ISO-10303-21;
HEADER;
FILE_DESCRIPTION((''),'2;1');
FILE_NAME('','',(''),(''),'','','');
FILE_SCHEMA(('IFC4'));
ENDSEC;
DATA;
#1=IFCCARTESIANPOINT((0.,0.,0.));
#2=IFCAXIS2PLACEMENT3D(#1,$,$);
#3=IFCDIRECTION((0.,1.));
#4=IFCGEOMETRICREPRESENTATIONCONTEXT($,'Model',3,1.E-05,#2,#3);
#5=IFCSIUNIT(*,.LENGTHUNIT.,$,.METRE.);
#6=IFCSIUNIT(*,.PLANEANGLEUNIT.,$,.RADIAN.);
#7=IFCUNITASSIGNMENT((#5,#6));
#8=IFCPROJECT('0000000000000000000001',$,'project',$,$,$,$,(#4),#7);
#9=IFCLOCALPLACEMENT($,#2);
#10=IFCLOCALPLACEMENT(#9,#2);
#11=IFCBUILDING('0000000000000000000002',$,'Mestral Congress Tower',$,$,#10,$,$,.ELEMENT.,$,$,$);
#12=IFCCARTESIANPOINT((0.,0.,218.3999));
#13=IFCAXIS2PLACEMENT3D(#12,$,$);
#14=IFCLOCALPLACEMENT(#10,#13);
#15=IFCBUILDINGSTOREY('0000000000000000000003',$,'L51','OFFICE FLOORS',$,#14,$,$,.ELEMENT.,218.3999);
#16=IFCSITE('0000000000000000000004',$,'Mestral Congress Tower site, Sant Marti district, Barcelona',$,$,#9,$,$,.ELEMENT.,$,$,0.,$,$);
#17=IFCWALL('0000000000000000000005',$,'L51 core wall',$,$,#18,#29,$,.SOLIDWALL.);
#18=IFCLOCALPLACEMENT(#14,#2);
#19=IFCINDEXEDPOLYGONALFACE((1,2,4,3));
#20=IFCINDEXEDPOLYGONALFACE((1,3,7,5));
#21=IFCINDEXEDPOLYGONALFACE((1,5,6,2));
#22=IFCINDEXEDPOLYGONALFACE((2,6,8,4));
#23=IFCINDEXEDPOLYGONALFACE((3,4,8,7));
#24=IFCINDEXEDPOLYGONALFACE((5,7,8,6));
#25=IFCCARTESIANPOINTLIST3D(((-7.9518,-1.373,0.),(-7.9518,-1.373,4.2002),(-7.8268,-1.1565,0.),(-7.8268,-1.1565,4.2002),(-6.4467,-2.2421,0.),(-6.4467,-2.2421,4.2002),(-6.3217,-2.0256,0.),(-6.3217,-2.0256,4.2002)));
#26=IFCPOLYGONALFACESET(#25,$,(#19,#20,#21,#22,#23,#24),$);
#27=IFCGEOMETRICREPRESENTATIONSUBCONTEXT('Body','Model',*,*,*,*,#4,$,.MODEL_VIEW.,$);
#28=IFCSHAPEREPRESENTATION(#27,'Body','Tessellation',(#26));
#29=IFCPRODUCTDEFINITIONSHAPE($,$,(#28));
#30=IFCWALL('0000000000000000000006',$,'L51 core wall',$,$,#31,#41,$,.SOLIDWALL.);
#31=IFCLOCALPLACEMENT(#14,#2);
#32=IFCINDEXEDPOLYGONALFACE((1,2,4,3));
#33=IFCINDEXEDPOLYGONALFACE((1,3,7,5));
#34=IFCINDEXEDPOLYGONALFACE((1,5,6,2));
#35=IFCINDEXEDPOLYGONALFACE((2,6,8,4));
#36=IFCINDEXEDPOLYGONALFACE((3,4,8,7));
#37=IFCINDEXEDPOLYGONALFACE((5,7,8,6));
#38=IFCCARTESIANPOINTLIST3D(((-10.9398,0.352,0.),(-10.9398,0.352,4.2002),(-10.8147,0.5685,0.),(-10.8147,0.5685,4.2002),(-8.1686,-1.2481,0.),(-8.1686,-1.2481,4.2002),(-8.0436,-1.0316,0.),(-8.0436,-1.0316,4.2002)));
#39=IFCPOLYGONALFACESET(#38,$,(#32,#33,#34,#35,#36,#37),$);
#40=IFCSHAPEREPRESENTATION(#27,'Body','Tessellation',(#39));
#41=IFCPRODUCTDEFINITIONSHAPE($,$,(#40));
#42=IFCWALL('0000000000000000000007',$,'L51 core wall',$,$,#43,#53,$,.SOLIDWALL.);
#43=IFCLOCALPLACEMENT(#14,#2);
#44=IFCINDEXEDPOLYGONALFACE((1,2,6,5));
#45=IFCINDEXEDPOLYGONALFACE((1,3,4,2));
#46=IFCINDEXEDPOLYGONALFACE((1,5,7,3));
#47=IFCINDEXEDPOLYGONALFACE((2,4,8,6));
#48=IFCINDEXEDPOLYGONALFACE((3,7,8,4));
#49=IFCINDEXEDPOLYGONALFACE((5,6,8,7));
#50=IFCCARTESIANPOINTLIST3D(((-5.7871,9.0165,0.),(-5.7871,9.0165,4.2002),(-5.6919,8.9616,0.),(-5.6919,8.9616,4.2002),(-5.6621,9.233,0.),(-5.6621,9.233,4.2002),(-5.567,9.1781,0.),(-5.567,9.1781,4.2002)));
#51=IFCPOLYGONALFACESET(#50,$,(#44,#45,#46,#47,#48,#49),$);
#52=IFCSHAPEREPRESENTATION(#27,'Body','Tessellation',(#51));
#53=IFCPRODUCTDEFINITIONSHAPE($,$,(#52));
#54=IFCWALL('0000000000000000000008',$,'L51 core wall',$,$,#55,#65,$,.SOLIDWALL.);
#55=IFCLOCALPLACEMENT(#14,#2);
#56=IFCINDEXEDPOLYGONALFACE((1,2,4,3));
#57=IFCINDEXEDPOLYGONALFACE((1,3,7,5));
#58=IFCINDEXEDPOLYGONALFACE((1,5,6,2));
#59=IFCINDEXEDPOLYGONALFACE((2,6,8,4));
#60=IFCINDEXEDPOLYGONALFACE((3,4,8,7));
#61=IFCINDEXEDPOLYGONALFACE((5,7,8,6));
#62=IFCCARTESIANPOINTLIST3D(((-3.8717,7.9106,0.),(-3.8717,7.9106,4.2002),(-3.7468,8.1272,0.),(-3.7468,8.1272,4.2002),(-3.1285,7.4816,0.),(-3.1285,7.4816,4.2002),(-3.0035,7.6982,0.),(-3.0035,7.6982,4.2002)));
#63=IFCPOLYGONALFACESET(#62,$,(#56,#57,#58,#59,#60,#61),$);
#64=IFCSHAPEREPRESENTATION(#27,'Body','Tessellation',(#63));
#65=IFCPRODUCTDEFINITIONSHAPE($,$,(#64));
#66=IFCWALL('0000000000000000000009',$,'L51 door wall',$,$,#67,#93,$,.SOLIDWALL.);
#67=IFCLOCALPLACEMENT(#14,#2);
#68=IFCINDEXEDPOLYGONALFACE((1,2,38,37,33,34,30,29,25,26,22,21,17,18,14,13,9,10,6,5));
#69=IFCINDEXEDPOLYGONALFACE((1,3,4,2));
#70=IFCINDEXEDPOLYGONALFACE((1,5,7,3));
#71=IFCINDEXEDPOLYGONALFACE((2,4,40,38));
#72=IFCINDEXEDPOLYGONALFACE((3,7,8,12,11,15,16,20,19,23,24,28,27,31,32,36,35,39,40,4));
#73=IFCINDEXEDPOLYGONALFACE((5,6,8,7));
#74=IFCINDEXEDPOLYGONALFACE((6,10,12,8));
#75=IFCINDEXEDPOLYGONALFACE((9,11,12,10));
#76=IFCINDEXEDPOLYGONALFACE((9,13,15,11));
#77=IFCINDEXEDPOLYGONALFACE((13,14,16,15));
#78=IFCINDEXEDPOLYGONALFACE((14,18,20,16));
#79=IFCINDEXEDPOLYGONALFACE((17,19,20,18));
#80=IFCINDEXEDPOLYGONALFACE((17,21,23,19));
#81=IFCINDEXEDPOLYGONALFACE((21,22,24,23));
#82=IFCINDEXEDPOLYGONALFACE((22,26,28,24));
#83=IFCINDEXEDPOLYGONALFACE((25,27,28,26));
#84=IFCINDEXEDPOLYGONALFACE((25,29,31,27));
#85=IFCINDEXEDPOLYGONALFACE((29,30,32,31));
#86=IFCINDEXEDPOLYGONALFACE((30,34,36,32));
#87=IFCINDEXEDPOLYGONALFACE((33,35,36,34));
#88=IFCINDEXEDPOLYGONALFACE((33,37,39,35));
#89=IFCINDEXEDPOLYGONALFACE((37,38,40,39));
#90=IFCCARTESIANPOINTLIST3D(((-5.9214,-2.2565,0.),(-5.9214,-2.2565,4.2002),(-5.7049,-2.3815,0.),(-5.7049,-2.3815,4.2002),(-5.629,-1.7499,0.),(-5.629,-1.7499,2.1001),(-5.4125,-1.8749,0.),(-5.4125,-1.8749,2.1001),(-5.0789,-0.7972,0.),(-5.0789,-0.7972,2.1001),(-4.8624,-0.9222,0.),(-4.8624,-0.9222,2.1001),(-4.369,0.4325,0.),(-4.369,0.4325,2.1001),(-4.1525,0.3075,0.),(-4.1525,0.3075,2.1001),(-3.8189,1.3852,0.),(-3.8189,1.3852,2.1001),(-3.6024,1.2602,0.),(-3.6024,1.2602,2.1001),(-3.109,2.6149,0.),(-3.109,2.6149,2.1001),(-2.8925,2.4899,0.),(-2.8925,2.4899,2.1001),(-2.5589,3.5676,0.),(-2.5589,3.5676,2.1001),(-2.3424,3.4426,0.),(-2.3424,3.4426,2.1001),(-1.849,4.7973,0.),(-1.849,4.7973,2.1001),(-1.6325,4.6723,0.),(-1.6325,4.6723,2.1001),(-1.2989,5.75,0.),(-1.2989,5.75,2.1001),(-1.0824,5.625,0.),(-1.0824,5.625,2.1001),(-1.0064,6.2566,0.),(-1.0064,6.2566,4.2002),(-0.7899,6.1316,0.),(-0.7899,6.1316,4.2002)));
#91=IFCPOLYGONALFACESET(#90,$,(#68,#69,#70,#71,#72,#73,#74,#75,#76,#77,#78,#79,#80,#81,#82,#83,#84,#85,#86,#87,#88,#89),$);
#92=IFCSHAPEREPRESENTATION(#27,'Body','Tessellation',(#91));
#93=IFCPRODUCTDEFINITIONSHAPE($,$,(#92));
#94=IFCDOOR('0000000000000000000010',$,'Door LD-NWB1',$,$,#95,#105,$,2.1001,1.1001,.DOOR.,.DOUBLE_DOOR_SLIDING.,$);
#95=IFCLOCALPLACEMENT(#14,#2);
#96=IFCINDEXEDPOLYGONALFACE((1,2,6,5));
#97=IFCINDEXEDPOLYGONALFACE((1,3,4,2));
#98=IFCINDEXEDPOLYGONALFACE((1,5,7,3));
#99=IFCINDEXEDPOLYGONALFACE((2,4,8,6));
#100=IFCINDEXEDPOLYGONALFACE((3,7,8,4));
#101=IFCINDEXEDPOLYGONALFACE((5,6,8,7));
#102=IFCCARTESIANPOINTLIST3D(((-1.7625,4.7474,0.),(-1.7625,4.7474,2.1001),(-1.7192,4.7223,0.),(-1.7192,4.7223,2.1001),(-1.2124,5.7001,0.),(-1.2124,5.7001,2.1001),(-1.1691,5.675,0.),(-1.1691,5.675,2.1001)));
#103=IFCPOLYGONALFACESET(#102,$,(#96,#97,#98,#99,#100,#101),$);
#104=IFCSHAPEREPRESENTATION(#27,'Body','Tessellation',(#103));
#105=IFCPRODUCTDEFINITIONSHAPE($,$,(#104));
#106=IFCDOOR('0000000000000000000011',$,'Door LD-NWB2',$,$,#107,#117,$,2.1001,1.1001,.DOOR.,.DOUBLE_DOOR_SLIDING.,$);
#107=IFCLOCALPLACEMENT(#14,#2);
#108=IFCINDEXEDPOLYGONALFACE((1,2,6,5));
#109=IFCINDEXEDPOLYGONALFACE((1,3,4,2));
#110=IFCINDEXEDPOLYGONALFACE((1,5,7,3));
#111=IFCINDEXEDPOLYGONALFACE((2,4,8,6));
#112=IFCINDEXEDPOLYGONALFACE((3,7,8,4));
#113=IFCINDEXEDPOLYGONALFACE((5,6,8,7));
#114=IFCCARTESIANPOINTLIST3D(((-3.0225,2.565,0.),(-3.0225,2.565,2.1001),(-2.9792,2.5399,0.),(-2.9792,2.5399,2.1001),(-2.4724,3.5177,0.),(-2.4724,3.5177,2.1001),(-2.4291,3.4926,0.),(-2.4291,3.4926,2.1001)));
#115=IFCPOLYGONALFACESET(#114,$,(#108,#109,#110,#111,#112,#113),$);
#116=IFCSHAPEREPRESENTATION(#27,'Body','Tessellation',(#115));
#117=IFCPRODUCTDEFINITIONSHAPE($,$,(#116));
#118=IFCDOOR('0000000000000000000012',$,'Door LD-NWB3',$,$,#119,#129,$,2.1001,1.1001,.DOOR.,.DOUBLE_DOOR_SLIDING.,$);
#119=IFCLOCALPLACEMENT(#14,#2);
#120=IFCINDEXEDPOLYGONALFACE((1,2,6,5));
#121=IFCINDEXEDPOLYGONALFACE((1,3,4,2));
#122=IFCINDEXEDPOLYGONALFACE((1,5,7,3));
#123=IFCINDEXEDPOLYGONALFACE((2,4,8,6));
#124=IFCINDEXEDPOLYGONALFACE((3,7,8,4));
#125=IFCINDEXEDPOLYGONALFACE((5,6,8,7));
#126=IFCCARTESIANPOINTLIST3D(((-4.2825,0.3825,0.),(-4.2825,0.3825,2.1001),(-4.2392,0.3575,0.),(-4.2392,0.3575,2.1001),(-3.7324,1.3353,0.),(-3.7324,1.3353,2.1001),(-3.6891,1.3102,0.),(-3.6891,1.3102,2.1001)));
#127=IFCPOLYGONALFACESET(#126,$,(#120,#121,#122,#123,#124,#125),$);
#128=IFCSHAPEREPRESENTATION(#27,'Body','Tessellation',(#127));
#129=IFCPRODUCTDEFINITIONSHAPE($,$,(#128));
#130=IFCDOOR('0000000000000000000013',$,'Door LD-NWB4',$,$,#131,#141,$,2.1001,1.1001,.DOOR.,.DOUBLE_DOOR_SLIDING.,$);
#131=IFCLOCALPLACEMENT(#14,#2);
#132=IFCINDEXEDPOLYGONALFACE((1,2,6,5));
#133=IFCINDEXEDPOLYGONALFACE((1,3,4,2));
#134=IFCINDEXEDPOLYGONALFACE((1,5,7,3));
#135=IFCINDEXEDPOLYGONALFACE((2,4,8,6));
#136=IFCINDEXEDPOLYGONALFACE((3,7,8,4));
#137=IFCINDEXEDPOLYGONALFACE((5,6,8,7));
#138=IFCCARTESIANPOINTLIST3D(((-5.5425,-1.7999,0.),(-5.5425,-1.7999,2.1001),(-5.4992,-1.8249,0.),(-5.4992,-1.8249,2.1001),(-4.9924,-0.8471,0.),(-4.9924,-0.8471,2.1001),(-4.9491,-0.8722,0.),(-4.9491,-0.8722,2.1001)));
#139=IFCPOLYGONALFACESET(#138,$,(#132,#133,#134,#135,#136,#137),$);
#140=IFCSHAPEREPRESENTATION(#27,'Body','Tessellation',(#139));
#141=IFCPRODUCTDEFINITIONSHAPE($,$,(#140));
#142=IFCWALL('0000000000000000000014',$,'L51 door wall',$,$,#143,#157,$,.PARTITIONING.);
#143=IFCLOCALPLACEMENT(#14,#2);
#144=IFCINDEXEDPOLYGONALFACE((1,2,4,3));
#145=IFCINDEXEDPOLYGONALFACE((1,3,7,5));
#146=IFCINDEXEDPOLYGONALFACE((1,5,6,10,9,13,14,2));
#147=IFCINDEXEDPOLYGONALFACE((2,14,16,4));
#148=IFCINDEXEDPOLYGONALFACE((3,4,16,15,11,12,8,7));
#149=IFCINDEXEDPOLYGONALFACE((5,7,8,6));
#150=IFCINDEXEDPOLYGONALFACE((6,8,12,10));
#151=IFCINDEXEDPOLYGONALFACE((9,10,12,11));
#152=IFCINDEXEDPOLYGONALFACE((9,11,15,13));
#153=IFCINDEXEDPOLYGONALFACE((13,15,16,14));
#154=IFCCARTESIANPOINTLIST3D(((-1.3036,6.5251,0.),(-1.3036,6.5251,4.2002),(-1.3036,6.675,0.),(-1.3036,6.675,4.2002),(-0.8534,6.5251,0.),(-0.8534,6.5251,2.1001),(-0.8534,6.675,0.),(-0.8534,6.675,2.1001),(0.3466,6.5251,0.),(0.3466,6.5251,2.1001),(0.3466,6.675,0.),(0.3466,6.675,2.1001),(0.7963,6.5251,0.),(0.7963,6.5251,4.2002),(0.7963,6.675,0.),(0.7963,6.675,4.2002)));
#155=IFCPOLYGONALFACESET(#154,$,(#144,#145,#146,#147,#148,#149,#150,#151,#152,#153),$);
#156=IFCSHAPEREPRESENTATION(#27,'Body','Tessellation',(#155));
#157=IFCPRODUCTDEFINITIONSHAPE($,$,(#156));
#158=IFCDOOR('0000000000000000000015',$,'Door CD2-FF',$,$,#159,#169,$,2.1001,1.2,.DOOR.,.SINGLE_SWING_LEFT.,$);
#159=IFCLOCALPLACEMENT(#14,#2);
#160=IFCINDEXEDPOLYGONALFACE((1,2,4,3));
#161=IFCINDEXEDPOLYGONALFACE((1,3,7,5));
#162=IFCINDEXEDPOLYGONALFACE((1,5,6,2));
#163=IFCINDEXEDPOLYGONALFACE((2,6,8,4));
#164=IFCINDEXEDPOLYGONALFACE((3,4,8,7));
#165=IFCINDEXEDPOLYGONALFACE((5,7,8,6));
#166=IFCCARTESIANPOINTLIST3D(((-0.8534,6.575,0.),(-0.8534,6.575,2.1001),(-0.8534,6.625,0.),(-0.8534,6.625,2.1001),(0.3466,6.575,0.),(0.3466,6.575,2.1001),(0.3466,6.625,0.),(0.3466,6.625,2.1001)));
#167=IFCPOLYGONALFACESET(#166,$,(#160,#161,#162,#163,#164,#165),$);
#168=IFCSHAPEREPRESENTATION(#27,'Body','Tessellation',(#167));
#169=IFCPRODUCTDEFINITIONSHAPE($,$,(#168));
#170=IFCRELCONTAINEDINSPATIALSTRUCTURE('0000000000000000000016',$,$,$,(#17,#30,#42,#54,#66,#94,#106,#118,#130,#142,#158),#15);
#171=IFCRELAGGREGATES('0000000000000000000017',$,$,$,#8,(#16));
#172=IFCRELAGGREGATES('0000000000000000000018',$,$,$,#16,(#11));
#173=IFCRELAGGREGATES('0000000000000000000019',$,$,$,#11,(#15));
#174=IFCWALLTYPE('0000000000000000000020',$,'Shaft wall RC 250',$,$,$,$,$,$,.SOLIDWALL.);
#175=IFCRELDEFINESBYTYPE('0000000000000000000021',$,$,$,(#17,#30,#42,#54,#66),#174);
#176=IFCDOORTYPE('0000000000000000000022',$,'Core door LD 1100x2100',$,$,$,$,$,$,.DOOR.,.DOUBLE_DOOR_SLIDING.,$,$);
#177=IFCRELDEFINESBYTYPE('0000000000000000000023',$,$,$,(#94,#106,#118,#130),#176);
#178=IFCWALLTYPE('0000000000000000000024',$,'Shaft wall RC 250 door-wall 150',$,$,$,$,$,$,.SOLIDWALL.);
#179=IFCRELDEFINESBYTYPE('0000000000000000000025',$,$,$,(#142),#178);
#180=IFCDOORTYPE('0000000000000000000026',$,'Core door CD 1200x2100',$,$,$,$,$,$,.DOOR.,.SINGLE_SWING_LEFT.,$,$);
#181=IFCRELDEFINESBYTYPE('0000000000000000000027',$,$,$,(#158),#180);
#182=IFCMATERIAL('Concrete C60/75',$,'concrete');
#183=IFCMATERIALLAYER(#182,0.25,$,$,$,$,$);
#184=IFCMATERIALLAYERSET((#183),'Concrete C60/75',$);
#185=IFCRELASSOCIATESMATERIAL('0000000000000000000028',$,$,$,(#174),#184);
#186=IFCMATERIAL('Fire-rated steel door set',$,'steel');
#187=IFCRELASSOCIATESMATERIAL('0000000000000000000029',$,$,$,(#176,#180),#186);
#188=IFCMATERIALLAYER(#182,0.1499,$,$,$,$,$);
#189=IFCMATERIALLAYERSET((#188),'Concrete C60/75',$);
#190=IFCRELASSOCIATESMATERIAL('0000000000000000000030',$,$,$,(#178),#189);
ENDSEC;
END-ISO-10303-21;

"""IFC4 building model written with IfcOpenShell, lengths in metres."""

from ifc_helpers import new_model, si_unit, direction, frame, frame_2d, origin, place, context, subcontext, project, spatial, rectangle, extrude, material, layer, layer_set, type_object, element, fill, save


model = new_model("IFC4")

# Units and contexts
model_context = context("Model", 3, precision=1e-05, world=origin(), true_north=direction((0.0, 1.0)))
body_context = subcontext(model_context, "Body", "Model", "MODEL_VIEW")
ifc_project = project(units=[si_unit("LENGTHUNIT", "METRE"), si_unit("PLANEANGLEUNIT", "RADIAN")], contexts=[model_context])

# Site, building, storey
site_placement = place(None, origin())
site = spatial("IfcSite", under=ifc_project, at=site_placement, Name="Mestral Congress Tower site, Sant Marti district, Barcelona", CompositionType="ELEMENT", RefElevation=0.0)
building_placement = place(site_placement, origin())
building = spatial("IfcBuilding", under=site, at=building_placement, Name="Mestral Congress Tower", CompositionType="ELEMENT")
storey_placement = place(building_placement, frame((0.0, 0.0, 218.3999)))
storey = spatial("IfcBuildingStorey", under=building, at=storey_placement, Name="L51", Description="OFFICE FLOORS", CompositionType="ELEMENT", Elevation=218.3999)

# Shared definitions
ifc_material_1 = material(Name="Fire-rated steel door set", Category="steel")

# Walls
ifc_material_2 = material(Name="Concrete C60/75", Category="concrete")
ifc_layer_1 = layer(ifc_material_2, 0.25)
ifc_layer_set_1 = layer_set([ifc_layer_1], Name="Concrete C60/75")
wall_type_1 = type_object("IfcWallType", Name="Shaft wall RC 250", PredefinedType="SOLIDWALL", material=ifc_layer_set_1)
wall_1_placement = place(storey_placement, frame((-7.8894, -1.2646, 0.0), z_axis=(0.0, 0.0, 1.0), x_axis=(0.865987, -0.500067, 0.0)))
element("IfcWall", 1, at=wall_1_placement, inside=storey, type_object=wall_type_1, Name="L51 core wall", PredefinedType="SOLIDWALL", context=body_context, shape_type="SweptSolid", body=[
    extrude(rectangle(XDim=1.738, YDim=0.25, at=frame_2d((0.8691, 0.0))), origin(), (0.0, 0.0, 1.0), 4.2002),
])
wall_2_placement = place(storey_placement, frame((-8.106, -1.1399, 0.0), z_axis=(0.0, 0.0, 1.0), x_axis=(-0.866009, 0.500028, 0.0)))
element("IfcWall", 2, at=wall_2_placement, inside=storey, type_object=wall_type_1, Name="L51 core wall", PredefinedType="SOLIDWALL", context=body_context, shape_type="SweptSolid", body=[
    extrude(rectangle(XDim=3.2, YDim=0.25, at=frame_2d((1.6001, 0.0))), origin(), (0.0, 0.0, 1.0), 4.2002),
])
wall_3_placement = place(storey_placement, frame((-5.7246, 9.1248, 0.0), z_axis=(0.0, 0.0, 1.0), x_axis=(0.866186, -0.499722, 0.0)))
element("IfcWall", 3, at=wall_3_placement, inside=storey, type_object=wall_type_1, Name="L51 core wall", PredefinedType="SOLIDWALL", context=body_context, shape_type="SweptSolid", body=[
    extrude(rectangle(XDim=0.1099, YDim=0.25, at=frame_2d((0.0549, 0.0))), origin(), (0.0, 0.0, 1.0), 4.2002),
])
wall_4_placement = place(storey_placement, frame((-3.0659, 7.5898, 0.0), z_axis=(0.0, 0.0, 1.0), x_axis=(-0.866081, 0.499903, 0.0)))
element("IfcWall", 4, at=wall_4_placement, inside=storey, type_object=wall_type_1, Name="L51 core wall", PredefinedType="SOLIDWALL", context=body_context, shape_type="SweptSolid", body=[
    extrude(rectangle(XDim=0.8582, YDim=0.25, at=frame_2d((0.4292, 0.0))), origin(), (0.0, 0.0, 1.0), 4.2002),
])

# Wall, openings, doors
wall_5_placement = place(storey_placement, frame((-0.8982, 6.1941, 0.0), z_axis=(0.0, 0.0, 1.0), x_axis=(-0.499996, -0.866028, 0.0)))
wall_5 = element("IfcWall", 5, at=wall_5_placement, inside=storey, type_object=wall_type_1, Name="L51 door wall", PredefinedType="SOLIDWALL", context=body_context, shape_type="SweptSolid", body=[
    extrude(rectangle(XDim=9.8301, YDim=0.25, at=frame_2d((4.915, 0.0))), origin(), (0.0, 0.0, 1.0), 4.2002),
])
opening_1_placement = place(wall_5_placement, frame((0.585, 0.0, 0.0)))
opening_1 = element("IfcOpeningElement", 6, at=opening_1_placement, cuts=wall_5, PredefinedType="OPENING", context=body_context, shape_type="SweptSolid", body=[
    extrude(rectangle(XDim=1.1001, YDim=2.1001, at=frame_2d((0.55, 1.05))), frame((0.0, 0.135, 0.0), z_axis=(0.0, -1.0, 0.0), x_axis=(1.0, 0.0, 0.0)), (0.0, 0.0, 1.0), 0.27),
])
opening_2_placement = place(wall_5_placement, frame((3.105, 0.0, 0.0)))
opening_2 = element("IfcOpeningElement", 7, at=opening_2_placement, cuts=wall_5, PredefinedType="OPENING", context=body_context, shape_type="SweptSolid", body=[
    extrude(rectangle(XDim=1.1001, YDim=2.1001, at=frame_2d((0.55, 1.05))), frame((0.0, 0.135, 0.0), z_axis=(0.0, -1.0, 0.0), x_axis=(1.0, 0.0, 0.0)), (0.0, 0.0, 1.0), 0.27),
])
opening_3_placement = place(wall_5_placement, frame((5.625, 0.0, 0.0)))
opening_3 = element("IfcOpeningElement", 8, at=opening_3_placement, cuts=wall_5, PredefinedType="OPENING", context=body_context, shape_type="SweptSolid", body=[
    extrude(rectangle(XDim=1.1001, YDim=2.1001, at=frame_2d((0.55, 1.05))), frame((0.0, 0.135, 0.0), z_axis=(0.0, -1.0, 0.0), x_axis=(1.0, 0.0, 0.0)), (0.0, 0.0, 1.0), 0.27),
])
opening_4_placement = place(wall_5_placement, frame((8.145, 0.0, 0.0)))
opening_4 = element("IfcOpeningElement", 9, at=opening_4_placement, cuts=wall_5, PredefinedType="OPENING", context=body_context, shape_type="SweptSolid", body=[
    extrude(rectangle(XDim=1.1001, YDim=2.1001, at=frame_2d((0.55, 1.05))), frame((0.0, 0.135, 0.0), z_axis=(0.0, -1.0, 0.0), x_axis=(1.0, 0.0, 0.0)), (0.0, 0.0, 1.0), 0.27),
])
door_type_1 = type_object("IfcDoorType", Name="Core door LD 1100x2100", OperationType="DOUBLE_DOOR_SLIDING", PredefinedType="DOOR", material=ifc_material_1)
door_1_placement = place(opening_1_placement, origin())
door_1 = element("IfcDoor", 10, at=door_1_placement, inside=storey, type_object=door_type_1, Name="Door LD-NWB1", OperationType="DOUBLE_DOOR_SLIDING", OverallHeight=2.1001, OverallWidth=1.1001, PredefinedType="DOOR", context=body_context, shape_type="SweptSolid", body=[
    extrude(rectangle(XDim=1.1001, YDim=2.1001, at=frame_2d((0.55, 1.05))), frame((0.0, 0.0249, 0.0), z_axis=(0.0, -1.0, 0.0), x_axis=(1.0, 0.0, 0.0)), (0.0, 0.0, 1.0), 0.05),
])
fill(opening_1, door_1)
door_2_placement = place(opening_2_placement, origin())
door_2 = element("IfcDoor", 11, at=door_2_placement, inside=storey, type_object=door_type_1, Name="Door LD-NWB2", OperationType="DOUBLE_DOOR_SLIDING", OverallHeight=2.1001, OverallWidth=1.1001, PredefinedType="DOOR", context=body_context, shape_type="SweptSolid", body=[
    extrude(rectangle(XDim=1.1001, YDim=2.1001, at=frame_2d((0.55, 1.05))), frame((0.0, 0.0249, 0.0), z_axis=(0.0, -1.0, 0.0), x_axis=(1.0, 0.0, 0.0)), (0.0, 0.0, 1.0), 0.05),
])
fill(opening_2, door_2)
door_3_placement = place(opening_3_placement, origin())
door_3 = element("IfcDoor", 12, at=door_3_placement, inside=storey, type_object=door_type_1, Name="Door LD-NWB3", OperationType="DOUBLE_DOOR_SLIDING", OverallHeight=2.1001, OverallWidth=1.1001, PredefinedType="DOOR", context=body_context, shape_type="SweptSolid", body=[
    extrude(rectangle(XDim=1.1001, YDim=2.1001, at=frame_2d((0.55, 1.05))), frame((0.0, 0.0249, 0.0), z_axis=(0.0, -1.0, 0.0), x_axis=(1.0, 0.0, 0.0)), (0.0, 0.0, 1.0), 0.05),
])
fill(opening_3, door_3)
door_4_placement = place(opening_4_placement, origin())
door_4 = element("IfcDoor", 13, at=door_4_placement, inside=storey, type_object=door_type_1, Name="Door LD-NWB4", OperationType="DOUBLE_DOOR_SLIDING", OverallHeight=2.1001, OverallWidth=1.1001, PredefinedType="DOOR", context=body_context, shape_type="SweptSolid", body=[
    extrude(rectangle(XDim=1.1001, YDim=2.1001, at=frame_2d((0.55, 1.05))), frame((0.0, 0.0249, 0.0), z_axis=(0.0, -1.0, 0.0), x_axis=(1.0, 0.0, 0.0)), (0.0, 0.0, 1.0), 0.05),
])
fill(opening_4, door_4)

# Wall, opening, door
ifc_layer_2 = layer(ifc_material_2, 0.1499)
ifc_layer_set_2 = layer_set([ifc_layer_2], Name="Concrete C60/75")
wall_type_2 = type_object("IfcWallType", Name="Shaft wall RC 250 door-wall 150", PredefinedType="SOLIDWALL", material=ifc_layer_set_2)
wall_6_placement = place(storey_placement, frame((-1.3035, 6.6001, 0.0), z_axis=(0.0, 0.0, 1.0), x_axis=(1.0, 0.0, 0.0)))
wall_6 = element("IfcWall", 14, at=wall_6_placement, inside=storey, type_object=wall_type_2, Name="L51 door wall", PredefinedType="PARTITIONING", context=body_context, shape_type="SweptSolid", body=[
    extrude(rectangle(XDim=2.0999, YDim=0.1499, at=frame_2d((1.0498, 0.0))), origin(), (0.0, 0.0, 1.0), 4.2002),
])
opening_5_placement = place(wall_6_placement, frame((0.45, 0.0, 0.0)))
opening_5 = element("IfcOpeningElement", 15, at=opening_5_placement, cuts=wall_6, PredefinedType="OPENING", context=body_context, shape_type="SweptSolid", body=[
    extrude(rectangle(XDim=1.2, YDim=2.1001, at=frame_2d((0.6001, 1.05))), frame((0.0, 0.085, 0.0), z_axis=(0.0, -1.0, 0.0), x_axis=(1.0, 0.0, 0.0)), (0.0, 0.0, 1.0), 0.1699),
])
door_type_2 = type_object("IfcDoorType", Name="Core door CD 1200x2100", OperationType="SINGLE_SWING_LEFT", PredefinedType="DOOR", material=ifc_material_1)
door_5_placement = place(opening_5_placement, origin())
door_5 = element("IfcDoor", 16, at=door_5_placement, inside=storey, type_object=door_type_2, Name="Door CD2-FF", OperationType="SINGLE_SWING_LEFT", OverallHeight=2.1001, OverallWidth=1.2, PredefinedType="DOOR", context=body_context, shape_type="SweptSolid", body=[
    extrude(rectangle(XDim=1.2, YDim=2.1001, at=frame_2d((0.6001, 1.05))), frame((0.0, 0.0249, 0.0), z_axis=(0.0, -1.0, 0.0), x_axis=(1.0, 0.0, 0.0)), (0.0, 0.0, 1.0), 0.05),
])
fill(opening_5, door_5)

save(model, "model.ifc")
